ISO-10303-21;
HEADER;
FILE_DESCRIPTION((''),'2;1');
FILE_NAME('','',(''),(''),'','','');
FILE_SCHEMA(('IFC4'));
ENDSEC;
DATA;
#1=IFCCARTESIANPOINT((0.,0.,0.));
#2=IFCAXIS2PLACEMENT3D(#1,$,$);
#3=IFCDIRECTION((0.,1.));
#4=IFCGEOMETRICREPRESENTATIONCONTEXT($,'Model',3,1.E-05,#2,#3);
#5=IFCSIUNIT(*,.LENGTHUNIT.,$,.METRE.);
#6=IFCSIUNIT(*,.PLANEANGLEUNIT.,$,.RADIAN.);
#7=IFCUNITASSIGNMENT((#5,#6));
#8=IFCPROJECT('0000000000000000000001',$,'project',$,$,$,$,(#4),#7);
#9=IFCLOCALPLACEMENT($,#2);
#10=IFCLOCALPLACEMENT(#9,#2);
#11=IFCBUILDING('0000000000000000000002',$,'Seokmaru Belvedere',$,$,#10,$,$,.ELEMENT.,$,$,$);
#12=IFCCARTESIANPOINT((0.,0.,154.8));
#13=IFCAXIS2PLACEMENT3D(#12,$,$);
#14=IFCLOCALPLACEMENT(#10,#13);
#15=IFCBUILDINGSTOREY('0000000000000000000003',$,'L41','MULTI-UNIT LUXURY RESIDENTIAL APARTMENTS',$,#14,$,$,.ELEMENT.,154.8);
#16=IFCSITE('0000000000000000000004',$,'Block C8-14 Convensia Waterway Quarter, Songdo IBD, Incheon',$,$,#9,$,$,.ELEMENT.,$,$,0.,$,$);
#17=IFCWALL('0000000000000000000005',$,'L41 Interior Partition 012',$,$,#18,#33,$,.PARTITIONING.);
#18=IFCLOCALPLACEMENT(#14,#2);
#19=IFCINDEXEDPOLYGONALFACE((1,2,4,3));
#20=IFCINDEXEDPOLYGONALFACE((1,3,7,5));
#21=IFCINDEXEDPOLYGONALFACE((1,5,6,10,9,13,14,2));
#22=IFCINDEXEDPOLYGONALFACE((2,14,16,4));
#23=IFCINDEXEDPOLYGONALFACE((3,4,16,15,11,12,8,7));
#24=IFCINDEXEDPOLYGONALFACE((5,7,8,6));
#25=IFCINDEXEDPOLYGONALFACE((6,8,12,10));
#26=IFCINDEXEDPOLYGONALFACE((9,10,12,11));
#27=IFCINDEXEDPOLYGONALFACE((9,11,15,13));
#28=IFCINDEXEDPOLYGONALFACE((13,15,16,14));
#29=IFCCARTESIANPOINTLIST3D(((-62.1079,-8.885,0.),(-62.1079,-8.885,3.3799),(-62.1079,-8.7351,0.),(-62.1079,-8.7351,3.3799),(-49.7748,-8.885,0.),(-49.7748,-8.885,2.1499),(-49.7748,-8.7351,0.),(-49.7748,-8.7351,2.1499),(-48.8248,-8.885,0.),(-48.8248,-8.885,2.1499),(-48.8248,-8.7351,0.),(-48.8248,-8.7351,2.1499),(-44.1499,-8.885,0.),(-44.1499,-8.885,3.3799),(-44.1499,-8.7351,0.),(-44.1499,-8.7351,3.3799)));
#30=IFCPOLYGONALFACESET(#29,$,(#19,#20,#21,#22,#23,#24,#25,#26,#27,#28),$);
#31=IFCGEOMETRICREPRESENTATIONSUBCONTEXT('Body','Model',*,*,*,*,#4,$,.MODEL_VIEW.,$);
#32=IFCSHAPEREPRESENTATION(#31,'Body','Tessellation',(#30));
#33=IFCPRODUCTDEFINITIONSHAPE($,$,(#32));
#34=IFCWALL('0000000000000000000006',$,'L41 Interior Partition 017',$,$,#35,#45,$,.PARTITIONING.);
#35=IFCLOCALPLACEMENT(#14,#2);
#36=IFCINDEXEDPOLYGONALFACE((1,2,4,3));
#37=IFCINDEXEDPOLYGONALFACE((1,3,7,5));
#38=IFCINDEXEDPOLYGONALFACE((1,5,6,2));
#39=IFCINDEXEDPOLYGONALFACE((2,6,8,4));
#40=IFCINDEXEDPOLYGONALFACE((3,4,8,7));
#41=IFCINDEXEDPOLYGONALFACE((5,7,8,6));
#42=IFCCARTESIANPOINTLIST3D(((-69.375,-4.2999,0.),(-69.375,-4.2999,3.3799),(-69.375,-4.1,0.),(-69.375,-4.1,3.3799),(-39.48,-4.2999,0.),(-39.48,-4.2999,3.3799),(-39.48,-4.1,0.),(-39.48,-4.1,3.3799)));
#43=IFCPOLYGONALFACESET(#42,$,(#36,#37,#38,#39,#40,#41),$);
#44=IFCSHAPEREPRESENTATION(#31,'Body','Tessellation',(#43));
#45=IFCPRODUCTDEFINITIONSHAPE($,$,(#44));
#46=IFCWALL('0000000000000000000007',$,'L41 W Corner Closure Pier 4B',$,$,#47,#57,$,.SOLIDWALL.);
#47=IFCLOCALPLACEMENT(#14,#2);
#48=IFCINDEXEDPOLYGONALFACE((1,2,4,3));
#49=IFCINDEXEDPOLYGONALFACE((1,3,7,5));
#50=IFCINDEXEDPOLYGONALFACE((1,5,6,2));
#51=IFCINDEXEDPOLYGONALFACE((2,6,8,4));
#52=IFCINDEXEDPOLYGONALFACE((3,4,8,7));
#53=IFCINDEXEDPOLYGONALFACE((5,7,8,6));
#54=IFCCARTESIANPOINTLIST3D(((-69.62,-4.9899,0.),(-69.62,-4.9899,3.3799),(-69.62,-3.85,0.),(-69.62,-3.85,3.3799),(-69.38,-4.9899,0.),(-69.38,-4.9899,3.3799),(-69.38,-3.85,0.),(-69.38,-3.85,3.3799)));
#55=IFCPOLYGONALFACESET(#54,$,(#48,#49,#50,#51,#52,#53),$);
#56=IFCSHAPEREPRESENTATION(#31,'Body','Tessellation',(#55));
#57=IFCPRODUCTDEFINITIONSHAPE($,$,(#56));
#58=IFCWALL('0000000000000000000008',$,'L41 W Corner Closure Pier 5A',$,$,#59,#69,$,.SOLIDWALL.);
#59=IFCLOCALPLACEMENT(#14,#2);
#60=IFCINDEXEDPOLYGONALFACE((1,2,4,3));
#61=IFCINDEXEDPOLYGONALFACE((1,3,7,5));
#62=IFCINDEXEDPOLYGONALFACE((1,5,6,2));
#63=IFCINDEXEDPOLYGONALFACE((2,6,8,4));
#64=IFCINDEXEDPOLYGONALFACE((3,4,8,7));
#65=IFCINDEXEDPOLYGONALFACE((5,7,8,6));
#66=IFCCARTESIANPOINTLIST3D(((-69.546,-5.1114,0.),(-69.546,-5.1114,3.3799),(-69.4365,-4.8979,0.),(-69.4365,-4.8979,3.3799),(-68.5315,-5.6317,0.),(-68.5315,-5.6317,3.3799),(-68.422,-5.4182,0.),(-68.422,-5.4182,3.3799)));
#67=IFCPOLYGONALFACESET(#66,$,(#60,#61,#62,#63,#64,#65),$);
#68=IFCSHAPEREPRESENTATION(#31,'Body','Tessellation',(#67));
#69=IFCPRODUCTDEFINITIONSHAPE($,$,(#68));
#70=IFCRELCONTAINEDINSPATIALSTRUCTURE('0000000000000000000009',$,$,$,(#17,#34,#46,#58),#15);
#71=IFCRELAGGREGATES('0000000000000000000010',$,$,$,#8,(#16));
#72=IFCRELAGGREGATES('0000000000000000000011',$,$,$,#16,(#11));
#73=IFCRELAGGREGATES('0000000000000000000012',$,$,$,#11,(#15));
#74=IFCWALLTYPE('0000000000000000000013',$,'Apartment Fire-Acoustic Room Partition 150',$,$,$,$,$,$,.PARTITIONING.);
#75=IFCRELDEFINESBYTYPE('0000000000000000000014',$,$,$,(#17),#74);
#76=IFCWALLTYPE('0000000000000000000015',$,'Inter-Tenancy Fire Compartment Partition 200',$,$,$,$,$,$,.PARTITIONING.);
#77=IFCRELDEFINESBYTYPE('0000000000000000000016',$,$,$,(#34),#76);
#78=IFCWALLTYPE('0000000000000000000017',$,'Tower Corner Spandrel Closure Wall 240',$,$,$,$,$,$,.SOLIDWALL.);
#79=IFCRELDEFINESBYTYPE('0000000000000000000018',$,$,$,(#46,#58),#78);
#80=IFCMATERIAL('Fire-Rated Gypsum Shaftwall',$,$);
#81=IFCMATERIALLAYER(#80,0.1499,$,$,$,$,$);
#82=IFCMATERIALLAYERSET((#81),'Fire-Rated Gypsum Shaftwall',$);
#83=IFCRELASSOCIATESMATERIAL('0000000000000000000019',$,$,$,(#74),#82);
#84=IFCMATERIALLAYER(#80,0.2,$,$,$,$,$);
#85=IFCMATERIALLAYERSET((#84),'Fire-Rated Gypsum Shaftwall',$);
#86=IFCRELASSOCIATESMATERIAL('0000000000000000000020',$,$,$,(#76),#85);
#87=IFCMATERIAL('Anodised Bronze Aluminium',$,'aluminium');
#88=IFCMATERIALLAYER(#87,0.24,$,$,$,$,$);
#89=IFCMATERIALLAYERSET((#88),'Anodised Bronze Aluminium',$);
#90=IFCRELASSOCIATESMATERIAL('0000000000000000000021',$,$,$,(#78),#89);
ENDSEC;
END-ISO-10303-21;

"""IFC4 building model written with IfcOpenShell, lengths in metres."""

from ifc_helpers import new_model, si_unit, direction, frame, frame_2d, origin, place, context, subcontext, project, spatial, rectangle, extrude, material, layer, layer_set, type_object, element, save


model = new_model("IFC4")

# Units and contexts
model_context = context("Model", 3, precision=1e-05, world=origin(), true_north=direction((0.0, 1.0)))
body_context = subcontext(model_context, "Body", "Model", "MODEL_VIEW")
ifc_project = project(units=[si_unit("LENGTHUNIT", "METRE"), si_unit("PLANEANGLEUNIT", "RADIAN")], contexts=[model_context])

# Site, building, storey
site_placement = place(None, origin())
site = spatial("IfcSite", under=ifc_project, at=site_placement, Name="Block C8-14 Convensia Waterway Quarter, Songdo IBD, Incheon", CompositionType="ELEMENT", RefElevation=0.0)
building_placement = place(site_placement, origin())
building = spatial("IfcBuilding", under=site, at=building_placement, Name="Seokmaru Belvedere", CompositionType="ELEMENT")
storey_placement = place(building_placement, frame((0.0, 0.0, 154.8)))
storey = spatial("IfcBuildingStorey", under=building, at=storey_placement, Name="L41", Description="MULTI-UNIT LUXURY RESIDENTIAL APARTMENTS", CompositionType="ELEMENT", Elevation=154.8)

# Shared definitions
ifc_material_1 = material(Name="Anodised Bronze Aluminium", Category="aluminium")

# Wall, opening
ifc_material_2 = material(Name="Fire-Rated Gypsum Shaftwall")
ifc_layer_1 = layer(ifc_material_2, 0.1499)
ifc_layer_set_1 = layer_set([ifc_layer_1], Name="Fire-Rated Gypsum Shaftwall")
wall_type_1 = type_object("IfcWallType", Name="Apartment Fire-Acoustic Room Partition 150", PredefinedType="PARTITIONING", material=ifc_layer_set_1)
wall_1_placement = place(storey_placement, frame((-62.1079, -8.8101, 0.0), z_axis=(0.0, 0.0, 1.0), x_axis=(1.0, 0.0, 0.0)))
wall_1 = element("IfcWall", 1, at=wall_1_placement, inside=storey, type_object=wall_type_1, Name="L41 Interior Partition 012", PredefinedType="PARTITIONING", context=body_context, shape_type="SweptSolid", body=[
    extrude(rectangle(XDim=17.958, YDim=0.1499, at=frame_2d((8.979, 0.0))), origin(), (0.0, 0.0, 1.0), 3.3799),
])
opening_placement = place(wall_1_placement, frame((12.333, 0.0, 0.0)))
element("IfcOpeningElement", 2, at=opening_placement, cuts=wall_1, PredefinedType="OPENING", context=body_context, shape_type="SweptSolid", body=[
    extrude(rectangle(XDim=0.95, YDim=2.1499, at=frame_2d((0.4751, 1.075))), frame((0.0, 0.085, 0.0), z_axis=(0.0, -1.0, 0.0), x_axis=(1.0, 0.0, 0.0)), (0.0, 0.0, 1.0), 0.1699),
])

# Walls
ifc_layer_2 = layer(ifc_material_2, 0.2)
ifc_layer_set_2 = layer_set([ifc_layer_2], Name="Fire-Rated Gypsum Shaftwall")
wall_type_2 = type_object("IfcWallType", Name="Inter-Tenancy Fire Compartment Partition 200", PredefinedType="PARTITIONING", material=ifc_layer_set_2)
wall_2_placement = place(storey_placement, frame((-69.375, -4.2, 0.0), z_axis=(0.0, 0.0, 1.0), x_axis=(1.0, 0.0, 0.0)))
element("IfcWall", 3, at=wall_2_placement, inside=storey, type_object=wall_type_2, Name="L41 Interior Partition 017", PredefinedType="PARTITIONING", context=body_context, shape_type="SweptSolid", body=[
    extrude(rectangle(XDim=29.895, YDim=0.2, at=frame_2d((14.9475, 0.0))), origin(), (0.0, 0.0, 1.0), 3.3799),
])
ifc_layer_3 = layer(ifc_material_1, 0.24)
ifc_layer_set_3 = layer_set([ifc_layer_3], Name="Anodised Bronze Aluminium")
wall_type_3 = type_object("IfcWallType", Name="Tower Corner Spandrel Closure Wall 240", PredefinedType="SOLIDWALL", material=ifc_layer_set_3)
wall_3_placement = place(storey_placement, frame((-69.5, -3.8501, 0.0), z_axis=(0.0, 0.0, 1.0), x_axis=(0.0, -1.0, 0.0)))
element("IfcWall", 4, at=wall_3_placement, inside=storey, type_object=wall_type_3, Name="L41 W Corner Closure Pier 4B", PredefinedType="SOLIDWALL", context=body_context, shape_type="SweptSolid", body=[
    extrude(rectangle(XDim=1.1399, YDim=0.24, at=frame_2d((0.5698, 0.0))), origin(), (0.0, 0.0, 1.0), 3.3799),
])
wall_4_placement = place(storey_placement, frame((-69.4912, -5.0046, 0.0), z_axis=(0.0, 0.0, 1.0), x_axis=(0.889797, -0.456356, 0.0)))
element("IfcWall", 5, at=wall_4_placement, inside=storey, type_object=wall_type_3, Name="L41 W Corner Closure Pier 5A", PredefinedType="SOLIDWALL", context=body_context, shape_type="SweptSolid", body=[
    extrude(rectangle(XDim=1.1401, YDim=0.24, at=frame_2d((0.5701, 0.0))), origin(), (0.0, 0.0, 1.0), 3.3799),
])

save(model, "model.ifc")
